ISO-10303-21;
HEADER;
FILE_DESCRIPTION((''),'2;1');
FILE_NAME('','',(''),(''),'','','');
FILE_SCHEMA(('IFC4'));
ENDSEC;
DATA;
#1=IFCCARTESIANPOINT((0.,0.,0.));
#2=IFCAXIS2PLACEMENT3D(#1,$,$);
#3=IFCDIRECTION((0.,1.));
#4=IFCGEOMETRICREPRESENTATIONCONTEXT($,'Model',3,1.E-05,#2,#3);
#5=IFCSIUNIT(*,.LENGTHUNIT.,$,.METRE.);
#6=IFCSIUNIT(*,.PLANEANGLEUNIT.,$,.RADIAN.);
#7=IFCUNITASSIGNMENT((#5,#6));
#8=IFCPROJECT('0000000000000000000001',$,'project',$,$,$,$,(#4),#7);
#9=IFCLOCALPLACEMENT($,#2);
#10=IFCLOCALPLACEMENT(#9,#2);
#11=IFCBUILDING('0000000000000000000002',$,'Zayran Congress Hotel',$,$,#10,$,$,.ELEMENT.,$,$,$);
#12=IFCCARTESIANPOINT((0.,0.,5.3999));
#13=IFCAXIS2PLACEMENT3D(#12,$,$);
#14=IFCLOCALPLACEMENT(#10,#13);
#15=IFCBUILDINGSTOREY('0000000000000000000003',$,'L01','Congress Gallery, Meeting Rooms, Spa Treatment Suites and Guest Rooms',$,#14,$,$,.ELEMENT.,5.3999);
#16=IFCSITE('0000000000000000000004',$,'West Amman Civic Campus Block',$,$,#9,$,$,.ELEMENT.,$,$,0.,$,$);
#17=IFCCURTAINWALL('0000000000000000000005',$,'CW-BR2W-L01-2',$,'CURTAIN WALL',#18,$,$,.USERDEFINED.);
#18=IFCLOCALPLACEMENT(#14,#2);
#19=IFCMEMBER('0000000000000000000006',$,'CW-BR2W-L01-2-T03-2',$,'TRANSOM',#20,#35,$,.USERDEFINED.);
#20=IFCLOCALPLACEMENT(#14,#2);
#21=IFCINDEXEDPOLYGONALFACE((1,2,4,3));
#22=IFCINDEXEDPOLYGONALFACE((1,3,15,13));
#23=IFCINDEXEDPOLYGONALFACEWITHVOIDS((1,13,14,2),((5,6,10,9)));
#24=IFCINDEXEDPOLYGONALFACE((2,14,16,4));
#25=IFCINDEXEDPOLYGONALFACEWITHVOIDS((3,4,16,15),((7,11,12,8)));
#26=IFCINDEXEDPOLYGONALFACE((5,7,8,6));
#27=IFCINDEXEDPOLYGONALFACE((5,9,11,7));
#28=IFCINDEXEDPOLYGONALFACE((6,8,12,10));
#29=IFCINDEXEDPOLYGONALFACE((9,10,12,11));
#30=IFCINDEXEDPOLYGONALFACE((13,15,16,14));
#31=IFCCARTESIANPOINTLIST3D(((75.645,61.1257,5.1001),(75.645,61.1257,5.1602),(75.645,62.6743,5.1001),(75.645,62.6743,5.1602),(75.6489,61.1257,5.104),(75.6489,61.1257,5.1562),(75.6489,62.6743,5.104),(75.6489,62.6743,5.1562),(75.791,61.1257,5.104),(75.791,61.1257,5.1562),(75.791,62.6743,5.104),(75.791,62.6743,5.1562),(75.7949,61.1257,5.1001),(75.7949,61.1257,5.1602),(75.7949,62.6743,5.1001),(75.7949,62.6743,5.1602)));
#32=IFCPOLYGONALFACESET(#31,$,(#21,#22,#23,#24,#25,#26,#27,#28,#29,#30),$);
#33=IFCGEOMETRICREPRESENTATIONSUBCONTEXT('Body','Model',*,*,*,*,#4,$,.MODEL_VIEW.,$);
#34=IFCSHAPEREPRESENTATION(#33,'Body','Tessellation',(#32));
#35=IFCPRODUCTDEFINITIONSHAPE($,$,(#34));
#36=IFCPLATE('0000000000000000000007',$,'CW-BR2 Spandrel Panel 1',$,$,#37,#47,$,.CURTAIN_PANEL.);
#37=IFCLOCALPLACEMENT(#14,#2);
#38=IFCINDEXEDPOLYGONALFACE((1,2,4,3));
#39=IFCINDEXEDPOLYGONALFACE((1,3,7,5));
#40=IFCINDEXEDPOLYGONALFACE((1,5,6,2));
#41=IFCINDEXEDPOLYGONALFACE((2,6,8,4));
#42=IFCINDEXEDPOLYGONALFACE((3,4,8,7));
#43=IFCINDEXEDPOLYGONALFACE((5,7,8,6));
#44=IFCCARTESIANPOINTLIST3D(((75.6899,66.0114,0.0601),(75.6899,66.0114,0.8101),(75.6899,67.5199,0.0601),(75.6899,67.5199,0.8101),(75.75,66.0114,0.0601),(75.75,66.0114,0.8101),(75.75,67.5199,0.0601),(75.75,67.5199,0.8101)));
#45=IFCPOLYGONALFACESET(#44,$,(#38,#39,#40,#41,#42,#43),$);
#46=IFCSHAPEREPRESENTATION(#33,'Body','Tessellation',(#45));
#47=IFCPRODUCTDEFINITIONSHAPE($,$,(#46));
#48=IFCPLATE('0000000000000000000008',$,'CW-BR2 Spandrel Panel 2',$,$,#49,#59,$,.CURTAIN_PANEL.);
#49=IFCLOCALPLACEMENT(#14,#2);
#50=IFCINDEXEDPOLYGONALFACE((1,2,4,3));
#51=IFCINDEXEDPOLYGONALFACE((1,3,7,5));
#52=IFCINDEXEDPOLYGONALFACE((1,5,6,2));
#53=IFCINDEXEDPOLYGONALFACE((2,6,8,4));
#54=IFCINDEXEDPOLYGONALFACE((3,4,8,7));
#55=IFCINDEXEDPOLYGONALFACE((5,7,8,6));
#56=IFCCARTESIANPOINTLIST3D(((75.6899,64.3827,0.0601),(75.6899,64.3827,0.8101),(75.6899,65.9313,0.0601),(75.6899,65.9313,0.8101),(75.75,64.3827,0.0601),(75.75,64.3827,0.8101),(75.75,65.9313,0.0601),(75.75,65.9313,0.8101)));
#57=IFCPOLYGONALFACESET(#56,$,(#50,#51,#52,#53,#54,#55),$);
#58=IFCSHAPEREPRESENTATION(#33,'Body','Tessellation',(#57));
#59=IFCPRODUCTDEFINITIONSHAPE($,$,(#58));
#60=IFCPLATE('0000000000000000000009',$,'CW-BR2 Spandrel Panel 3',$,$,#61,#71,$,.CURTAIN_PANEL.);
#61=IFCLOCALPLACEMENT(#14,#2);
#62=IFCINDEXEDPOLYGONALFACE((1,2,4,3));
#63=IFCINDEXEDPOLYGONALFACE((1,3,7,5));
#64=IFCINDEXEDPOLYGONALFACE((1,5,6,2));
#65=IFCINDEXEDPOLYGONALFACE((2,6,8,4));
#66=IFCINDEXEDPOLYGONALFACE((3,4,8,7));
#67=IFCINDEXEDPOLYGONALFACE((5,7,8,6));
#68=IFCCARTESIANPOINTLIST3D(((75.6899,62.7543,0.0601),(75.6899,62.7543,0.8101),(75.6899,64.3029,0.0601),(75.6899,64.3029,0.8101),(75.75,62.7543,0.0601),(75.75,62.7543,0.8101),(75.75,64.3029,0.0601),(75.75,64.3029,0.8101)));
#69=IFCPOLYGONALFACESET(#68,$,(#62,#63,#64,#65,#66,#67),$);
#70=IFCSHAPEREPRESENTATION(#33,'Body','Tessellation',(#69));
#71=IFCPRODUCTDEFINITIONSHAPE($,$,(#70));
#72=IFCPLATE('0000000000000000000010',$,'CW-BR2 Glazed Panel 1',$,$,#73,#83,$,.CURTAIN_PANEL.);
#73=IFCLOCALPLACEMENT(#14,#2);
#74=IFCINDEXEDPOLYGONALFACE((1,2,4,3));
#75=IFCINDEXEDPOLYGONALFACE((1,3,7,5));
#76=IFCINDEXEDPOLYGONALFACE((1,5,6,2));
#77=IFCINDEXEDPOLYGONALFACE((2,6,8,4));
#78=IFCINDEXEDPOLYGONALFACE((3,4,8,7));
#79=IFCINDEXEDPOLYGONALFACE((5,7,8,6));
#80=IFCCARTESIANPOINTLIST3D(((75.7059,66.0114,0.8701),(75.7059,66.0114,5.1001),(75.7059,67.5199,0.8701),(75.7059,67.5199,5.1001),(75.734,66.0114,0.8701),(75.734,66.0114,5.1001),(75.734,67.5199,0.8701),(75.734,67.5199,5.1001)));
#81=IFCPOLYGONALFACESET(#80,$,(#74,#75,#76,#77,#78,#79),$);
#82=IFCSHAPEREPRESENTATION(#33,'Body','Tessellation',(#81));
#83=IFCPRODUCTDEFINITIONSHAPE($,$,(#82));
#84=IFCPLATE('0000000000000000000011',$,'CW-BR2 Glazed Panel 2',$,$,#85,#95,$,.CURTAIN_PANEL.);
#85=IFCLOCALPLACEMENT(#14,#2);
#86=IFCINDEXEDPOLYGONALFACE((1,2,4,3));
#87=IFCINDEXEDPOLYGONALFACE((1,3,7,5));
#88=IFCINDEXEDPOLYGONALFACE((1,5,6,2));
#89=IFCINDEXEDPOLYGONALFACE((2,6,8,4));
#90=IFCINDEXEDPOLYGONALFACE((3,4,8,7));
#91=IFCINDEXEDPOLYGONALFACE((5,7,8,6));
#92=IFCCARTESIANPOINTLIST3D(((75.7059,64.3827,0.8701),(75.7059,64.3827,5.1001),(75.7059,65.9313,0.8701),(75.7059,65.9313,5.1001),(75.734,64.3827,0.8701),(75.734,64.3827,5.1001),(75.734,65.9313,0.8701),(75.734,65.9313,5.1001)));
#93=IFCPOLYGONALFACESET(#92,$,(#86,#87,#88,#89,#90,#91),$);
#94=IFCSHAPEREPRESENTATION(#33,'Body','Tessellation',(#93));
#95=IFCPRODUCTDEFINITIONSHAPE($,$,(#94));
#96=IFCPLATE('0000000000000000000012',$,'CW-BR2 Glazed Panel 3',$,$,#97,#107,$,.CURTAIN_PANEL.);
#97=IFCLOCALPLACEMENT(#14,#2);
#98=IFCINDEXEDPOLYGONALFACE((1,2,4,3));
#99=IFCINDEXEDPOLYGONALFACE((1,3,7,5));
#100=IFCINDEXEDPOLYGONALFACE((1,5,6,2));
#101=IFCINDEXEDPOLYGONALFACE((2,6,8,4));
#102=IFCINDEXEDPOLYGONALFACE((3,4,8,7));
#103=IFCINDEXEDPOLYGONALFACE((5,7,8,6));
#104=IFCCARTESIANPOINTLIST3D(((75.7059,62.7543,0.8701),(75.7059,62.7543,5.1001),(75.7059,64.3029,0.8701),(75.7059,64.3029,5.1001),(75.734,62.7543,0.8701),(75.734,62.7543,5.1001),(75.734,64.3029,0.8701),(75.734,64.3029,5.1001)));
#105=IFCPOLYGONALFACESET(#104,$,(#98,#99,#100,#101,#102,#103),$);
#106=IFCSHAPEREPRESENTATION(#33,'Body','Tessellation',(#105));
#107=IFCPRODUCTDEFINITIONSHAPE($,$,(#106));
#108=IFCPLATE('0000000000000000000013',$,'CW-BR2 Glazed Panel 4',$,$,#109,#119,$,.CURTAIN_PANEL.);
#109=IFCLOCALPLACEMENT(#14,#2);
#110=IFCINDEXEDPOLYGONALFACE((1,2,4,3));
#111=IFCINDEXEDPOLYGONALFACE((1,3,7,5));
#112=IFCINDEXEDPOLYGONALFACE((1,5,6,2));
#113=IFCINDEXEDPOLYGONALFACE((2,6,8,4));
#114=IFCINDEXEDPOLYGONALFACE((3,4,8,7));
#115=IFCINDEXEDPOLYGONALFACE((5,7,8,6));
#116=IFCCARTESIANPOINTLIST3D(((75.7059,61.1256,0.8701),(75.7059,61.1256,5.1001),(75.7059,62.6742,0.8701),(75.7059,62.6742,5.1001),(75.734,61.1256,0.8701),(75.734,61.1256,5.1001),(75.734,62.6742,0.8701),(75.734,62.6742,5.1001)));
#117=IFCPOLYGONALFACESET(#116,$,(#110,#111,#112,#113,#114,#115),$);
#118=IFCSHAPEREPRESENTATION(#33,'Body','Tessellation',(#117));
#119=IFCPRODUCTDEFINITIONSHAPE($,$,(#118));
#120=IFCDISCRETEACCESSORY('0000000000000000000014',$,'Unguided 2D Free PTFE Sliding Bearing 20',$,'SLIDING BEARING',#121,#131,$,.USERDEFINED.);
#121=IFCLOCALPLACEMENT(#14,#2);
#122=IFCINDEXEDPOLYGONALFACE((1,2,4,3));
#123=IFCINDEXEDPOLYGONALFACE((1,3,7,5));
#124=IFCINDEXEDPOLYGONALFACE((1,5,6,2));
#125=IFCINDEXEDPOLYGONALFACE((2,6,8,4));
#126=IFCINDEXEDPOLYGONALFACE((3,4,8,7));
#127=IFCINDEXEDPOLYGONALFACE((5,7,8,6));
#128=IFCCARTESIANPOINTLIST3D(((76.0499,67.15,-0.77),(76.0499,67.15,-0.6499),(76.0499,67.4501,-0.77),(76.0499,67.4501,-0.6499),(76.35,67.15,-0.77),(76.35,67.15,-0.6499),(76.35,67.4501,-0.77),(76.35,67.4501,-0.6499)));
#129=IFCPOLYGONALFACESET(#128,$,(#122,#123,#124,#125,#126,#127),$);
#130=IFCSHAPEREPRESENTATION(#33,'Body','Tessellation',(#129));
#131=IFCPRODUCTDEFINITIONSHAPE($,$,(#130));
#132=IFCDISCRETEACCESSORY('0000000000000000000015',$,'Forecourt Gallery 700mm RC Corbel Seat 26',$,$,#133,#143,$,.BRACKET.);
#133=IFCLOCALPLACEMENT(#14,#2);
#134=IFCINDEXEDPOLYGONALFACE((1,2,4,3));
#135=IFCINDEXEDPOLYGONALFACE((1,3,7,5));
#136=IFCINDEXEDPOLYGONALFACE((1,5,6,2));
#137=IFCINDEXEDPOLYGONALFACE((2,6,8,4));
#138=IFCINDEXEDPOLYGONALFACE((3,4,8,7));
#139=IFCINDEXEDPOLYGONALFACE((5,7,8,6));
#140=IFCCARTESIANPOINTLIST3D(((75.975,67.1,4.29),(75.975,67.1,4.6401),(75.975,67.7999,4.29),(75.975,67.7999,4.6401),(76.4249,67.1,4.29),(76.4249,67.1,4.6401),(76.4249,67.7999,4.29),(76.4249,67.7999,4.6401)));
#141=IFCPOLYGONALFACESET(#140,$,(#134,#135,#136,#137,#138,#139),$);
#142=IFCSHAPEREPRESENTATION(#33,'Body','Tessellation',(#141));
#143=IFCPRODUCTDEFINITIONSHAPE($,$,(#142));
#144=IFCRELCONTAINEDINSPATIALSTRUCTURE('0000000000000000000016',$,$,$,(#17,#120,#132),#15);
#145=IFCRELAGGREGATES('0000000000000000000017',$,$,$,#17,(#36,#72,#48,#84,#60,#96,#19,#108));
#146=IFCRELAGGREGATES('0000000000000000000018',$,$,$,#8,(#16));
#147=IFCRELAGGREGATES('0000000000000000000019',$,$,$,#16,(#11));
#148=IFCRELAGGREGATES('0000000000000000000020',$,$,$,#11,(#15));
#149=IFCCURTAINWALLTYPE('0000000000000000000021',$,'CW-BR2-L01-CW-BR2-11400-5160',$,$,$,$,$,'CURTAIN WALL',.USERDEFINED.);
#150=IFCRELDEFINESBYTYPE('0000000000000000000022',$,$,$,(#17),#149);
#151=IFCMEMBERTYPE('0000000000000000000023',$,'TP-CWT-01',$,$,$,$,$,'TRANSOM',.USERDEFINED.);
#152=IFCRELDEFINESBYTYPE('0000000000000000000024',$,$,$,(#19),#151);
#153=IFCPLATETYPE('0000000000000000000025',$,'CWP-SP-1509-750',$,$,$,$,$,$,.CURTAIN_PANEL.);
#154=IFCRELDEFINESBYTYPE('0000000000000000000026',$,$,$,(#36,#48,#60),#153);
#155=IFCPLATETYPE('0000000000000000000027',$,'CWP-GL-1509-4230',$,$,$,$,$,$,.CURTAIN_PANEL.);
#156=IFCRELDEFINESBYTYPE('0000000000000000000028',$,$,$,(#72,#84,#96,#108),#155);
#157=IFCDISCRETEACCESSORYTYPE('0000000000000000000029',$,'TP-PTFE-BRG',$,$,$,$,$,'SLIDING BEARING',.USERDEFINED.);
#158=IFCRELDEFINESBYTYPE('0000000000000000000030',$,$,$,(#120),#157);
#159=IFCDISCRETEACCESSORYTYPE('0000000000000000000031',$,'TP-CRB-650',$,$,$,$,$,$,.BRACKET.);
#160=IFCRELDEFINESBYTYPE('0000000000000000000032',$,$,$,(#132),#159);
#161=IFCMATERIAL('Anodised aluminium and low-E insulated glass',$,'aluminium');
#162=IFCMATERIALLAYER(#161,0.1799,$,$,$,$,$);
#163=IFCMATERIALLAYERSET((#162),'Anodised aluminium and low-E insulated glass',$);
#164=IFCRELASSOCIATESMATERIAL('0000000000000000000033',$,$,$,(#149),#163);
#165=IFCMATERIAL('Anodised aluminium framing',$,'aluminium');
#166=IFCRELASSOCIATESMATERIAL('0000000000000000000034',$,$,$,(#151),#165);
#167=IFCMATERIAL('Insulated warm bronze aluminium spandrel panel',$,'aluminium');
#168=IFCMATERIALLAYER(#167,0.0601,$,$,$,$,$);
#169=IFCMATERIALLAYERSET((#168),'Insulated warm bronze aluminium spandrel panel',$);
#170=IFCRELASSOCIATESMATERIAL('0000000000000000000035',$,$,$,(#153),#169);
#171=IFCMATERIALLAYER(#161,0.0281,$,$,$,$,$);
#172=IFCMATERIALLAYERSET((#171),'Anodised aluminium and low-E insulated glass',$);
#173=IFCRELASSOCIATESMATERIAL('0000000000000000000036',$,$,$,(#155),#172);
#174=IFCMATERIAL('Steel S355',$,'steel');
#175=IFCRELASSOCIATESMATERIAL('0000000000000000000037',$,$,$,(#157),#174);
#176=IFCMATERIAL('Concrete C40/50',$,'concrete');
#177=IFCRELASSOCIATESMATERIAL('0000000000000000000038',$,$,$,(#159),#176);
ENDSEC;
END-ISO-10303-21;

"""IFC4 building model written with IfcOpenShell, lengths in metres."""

from ifc_helpers import new_model, si_unit, direction, frame, origin, origin_2d, place, context, subcontext, project, spatial, rectangle, hollow_rectangle, extrude, material, layer, layer_set, material_profile, profile_set, type_object, element, aggregate, save


model = new_model("IFC4")

# Units and contexts
model_context = context("Model", 3, precision=1e-05, world=origin(), true_north=direction((0.0, 1.0)))
body_context = subcontext(model_context, "Body", "Model", "MODEL_VIEW")
ifc_project = project(units=[si_unit("LENGTHUNIT", "METRE"), si_unit("PLANEANGLEUNIT", "RADIAN")], contexts=[model_context])

# Site, building, storey
site_placement = place(None, origin())
site = spatial("IfcSite", under=ifc_project, at=site_placement, Name="West Amman Civic Campus Block", CompositionType="ELEMENT", RefElevation=0.0)
building_placement = place(site_placement, origin())
building = spatial("IfcBuilding", under=site, at=building_placement, Name="Zayran Congress Hotel", CompositionType="ELEMENT")
storey_placement = place(building_placement, frame((0.0, 0.0, 5.3999)))
storey = spatial("IfcBuildingStorey", under=building, at=storey_placement, Name="L01", Description="Congress Gallery, Meeting Rooms, Spa Treatment Suites and Guest Rooms", CompositionType="ELEMENT", Elevation=5.3999)

# Shared definitions
ifc_material_1 = material(Name="Steel S355", Category="steel")

# Curtain wall, member, plates
ifc_material_2 = material(Name="Anodised aluminium and low-E insulated glass", Category="aluminium")
ifc_layer_1 = layer(ifc_material_2, 0.1799)
ifc_layer_set_1 = layer_set([ifc_layer_1], Name="Anodised aluminium and low-E insulated glass")
curtain_wall_type = type_object("IfcCurtainWallType", Name="CW-BR2-L01-CW-BR2-11400-5160", ElementType="CURTAIN WALL", PredefinedType="USERDEFINED", material=ifc_layer_set_1)
curtain_wall_placement = place(storey_placement, origin())
curtain_wall = element("IfcCurtainWall", 1, at=curtain_wall_placement, inside=storey, type_object=curtain_wall_type, Name="CW-BR2W-L01-2", ObjectType="CURTAIN WALL", PredefinedType="USERDEFINED")
ifc_material_3 = material(Name="Anodised aluminium framing", Category="aluminium")
ifc_material_profile_1 = material_profile(ifc_material_3, hollow_rectangle(XDim=0.0601, YDim=0.1499, WallThickness=0.0039, at=origin_2d()), Name="RHS 150x60x4")
ifc_profile_set_1 = profile_set([ifc_material_profile_1], Name="Anodised aluminium framing")
member_type_1 = type_object("IfcMemberType", Name="TP-CWT-01", ElementType="TRANSOM", PredefinedType="USERDEFINED", material=ifc_profile_set_1)
member_1_placement = place(storey_placement, frame((75.72, 62.6743, 5.1301), z_axis=(0.0, -1.0, 0.0), x_axis=(0.0, 0.0, 1.0)))
member_1 = element("IfcMember", 2, at=member_1_placement, type_object=member_type_1, Name="CW-BR2W-L01-2-T03-2", ObjectType="TRANSOM", PredefinedType="USERDEFINED", context=body_context, shape_type="SweptSolid", body=[
    extrude(hollow_rectangle(XDim=0.0601, YDim=0.1499, WallThickness=0.0039, at=origin_2d()), origin(), (0.0, 0.0, 1.0), 1.5486),
])
ifc_material_4 = material(Name="Insulated warm bronze aluminium spandrel panel", Category="aluminium")
ifc_layer_2 = layer(ifc_material_4, 0.0601)
ifc_layer_set_2 = layer_set([ifc_layer_2], Name="Insulated warm bronze aluminium spandrel panel")
plate_type_1 = type_object("IfcPlateType", Name="CWP-SP-1509-750", PredefinedType="CURTAIN_PANEL", material=ifc_layer_set_2)
plate_1_placement = place(storey_placement, frame((75.72, 66.7656, 0.0601), z_axis=(0.0, 0.0, 1.0), x_axis=(0.0, 1.0, 0.0)))
plate_1 = element("IfcPlate", 3, at=plate_1_placement, type_object=plate_type_1, Name="CW-BR2 Spandrel Panel 1", PredefinedType="CURTAIN_PANEL", context=body_context, shape_type="SweptSolid", body=[
    extrude(rectangle(XDim=1.5085, YDim=0.0601, at=origin_2d()), origin(), (0.0, 0.0, 1.0), 0.75),
])
plate_2_placement = place(storey_placement, frame((75.72, 65.157, 0.0601), z_axis=(0.0, 0.0, 1.0), x_axis=(0.0, 1.0, 0.0)))
plate_2 = element("IfcPlate", 4, at=plate_2_placement, type_object=plate_type_1, Name="CW-BR2 Spandrel Panel 2", PredefinedType="CURTAIN_PANEL", context=body_context, shape_type="SweptSolid", body=[
    extrude(rectangle(XDim=1.5486, YDim=0.0601, at=origin_2d()), origin(), (0.0, 0.0, 1.0), 0.75),
])
plate_3_placement = place(storey_placement, frame((75.72, 63.5286, 0.0601), z_axis=(0.0, 0.0, 1.0), x_axis=(0.0, 1.0, 0.0)))
plate_3 = element("IfcPlate", 5, at=plate_3_placement, type_object=plate_type_1, Name="CW-BR2 Spandrel Panel 3", PredefinedType="CURTAIN_PANEL", context=body_context, shape_type="SweptSolid", body=[
    extrude(rectangle(XDim=1.5486, YDim=0.0601, at=origin_2d()), origin(), (0.0, 0.0, 1.0), 0.75),
])
ifc_layer_3 = layer(ifc_material_2, 0.0281)
ifc_layer_set_3 = layer_set([ifc_layer_3], Name="Anodised aluminium and low-E insulated glass")
plate_type_2 = type_object("IfcPlateType", Name="CWP-GL-1509-4230", PredefinedType="CURTAIN_PANEL", material=ifc_layer_set_3)
plate_4_placement = place(storey_placement, frame((75.72, 66.7656, 0.8701), z_axis=(0.0, 0.0, 1.0), x_axis=(0.0, 1.0, 0.0)))
plate_4 = element("IfcPlate", 6, at=plate_4_placement, type_object=plate_type_2, Name="CW-BR2 Glazed Panel 1", PredefinedType="CURTAIN_PANEL", context=body_context, shape_type="SweptSolid", body=[
    extrude(rectangle(XDim=1.5085, YDim=0.0281, at=origin_2d()), origin(), (0.0, 0.0, 1.0), 4.23),
])
plate_5_placement = place(storey_placement, frame((75.72, 65.157, 0.8701), z_axis=(0.0, 0.0, 1.0), x_axis=(0.0, 1.0, 0.0)))
plate_5 = element("IfcPlate", 7, at=plate_5_placement, type_object=plate_type_2, Name="CW-BR2 Glazed Panel 2", PredefinedType="CURTAIN_PANEL", context=body_context, shape_type="SweptSolid", body=[
    extrude(rectangle(XDim=1.5486, YDim=0.0281, at=origin_2d()), origin(), (0.0, 0.0, 1.0), 4.23),
])
plate_6_placement = place(storey_placement, frame((75.72, 63.5286, 0.8701), z_axis=(0.0, 0.0, 1.0), x_axis=(0.0, 1.0, 0.0)))
plate_6 = element("IfcPlate", 8, at=plate_6_placement, type_object=plate_type_2, Name="CW-BR2 Glazed Panel 3", PredefinedType="CURTAIN_PANEL", context=body_context, shape_type="SweptSolid", body=[
    extrude(rectangle(XDim=1.5486, YDim=0.0281, at=origin_2d()), origin(), (0.0, 0.0, 1.0), 4.23),
])
plate_7_placement = place(storey_placement, frame((75.72, 61.8999, 0.8701), z_axis=(0.0, 0.0, 1.0), x_axis=(0.0, 1.0, 0.0)))
plate_7 = element("IfcPlate", 9, at=plate_7_placement, type_object=plate_type_2, Name="CW-BR2 Glazed Panel 4", PredefinedType="CURTAIN_PANEL", context=body_context, shape_type="SweptSolid", body=[
    extrude(rectangle(XDim=1.5486, YDim=0.0281, at=origin_2d()), origin(), (0.0, 0.0, 1.0), 4.23),
])
aggregate(curtain_wall, [plate_1, plate_4, plate_2, plate_5, plate_3, plate_6, member_1, plate_7])

# Discrete accessories
discrete_accessory_type_1 = type_object("IfcDiscreteAccessoryType", Name="TP-PTFE-BRG", ElementType="SLIDING BEARING", PredefinedType="USERDEFINED", material=ifc_material_1)
discrete_accessory_1_placement = place(storey_placement, frame((76.2, 67.3, -0.77), z_axis=(0.0, 0.0, 1.0), x_axis=(1.0, 0.0, 0.0)))
element("IfcDiscreteAccessory", 10, at=discrete_accessory_1_placement, inside=storey, type_object=discrete_accessory_type_1, Name="Unguided 2D Free PTFE Sliding Bearing 20", ObjectType="SLIDING BEARING", PredefinedType="USERDEFINED", context=body_context, shape_type="SweptSolid", body=[
    extrude(rectangle(XDim=0.3, YDim=0.3, at=origin_2d()), origin(), (0.0, 0.0, 1.0), 0.1201),
])
ifc_material_5 = material(Name="Concrete C40/50", Category="concrete")
discrete_accessory_type_2 = type_object("IfcDiscreteAccessoryType", Name="TP-CRB-650", PredefinedType="BRACKET", material=ifc_material_5)
discrete_accessory_2_placement = place(storey_placement, frame((76.2, 67.45, 4.29), z_axis=(0.0, 0.0, 1.0), x_axis=(0.0, 1.0, 0.0)))
element("IfcDiscreteAccessory", 11, at=discrete_accessory_2_placement, inside=storey, type_object=discrete_accessory_type_2, Name="Forecourt Gallery 700mm RC Corbel Seat 26", PredefinedType="BRACKET", context=body_context, shape_type="SweptSolid", body=[
    extrude(rectangle(XDim=0.7, YDim=0.45, at=origin_2d()), origin(), (0.0, 0.0, 1.0), 0.3501),
])

save(model, "model.ifc")
